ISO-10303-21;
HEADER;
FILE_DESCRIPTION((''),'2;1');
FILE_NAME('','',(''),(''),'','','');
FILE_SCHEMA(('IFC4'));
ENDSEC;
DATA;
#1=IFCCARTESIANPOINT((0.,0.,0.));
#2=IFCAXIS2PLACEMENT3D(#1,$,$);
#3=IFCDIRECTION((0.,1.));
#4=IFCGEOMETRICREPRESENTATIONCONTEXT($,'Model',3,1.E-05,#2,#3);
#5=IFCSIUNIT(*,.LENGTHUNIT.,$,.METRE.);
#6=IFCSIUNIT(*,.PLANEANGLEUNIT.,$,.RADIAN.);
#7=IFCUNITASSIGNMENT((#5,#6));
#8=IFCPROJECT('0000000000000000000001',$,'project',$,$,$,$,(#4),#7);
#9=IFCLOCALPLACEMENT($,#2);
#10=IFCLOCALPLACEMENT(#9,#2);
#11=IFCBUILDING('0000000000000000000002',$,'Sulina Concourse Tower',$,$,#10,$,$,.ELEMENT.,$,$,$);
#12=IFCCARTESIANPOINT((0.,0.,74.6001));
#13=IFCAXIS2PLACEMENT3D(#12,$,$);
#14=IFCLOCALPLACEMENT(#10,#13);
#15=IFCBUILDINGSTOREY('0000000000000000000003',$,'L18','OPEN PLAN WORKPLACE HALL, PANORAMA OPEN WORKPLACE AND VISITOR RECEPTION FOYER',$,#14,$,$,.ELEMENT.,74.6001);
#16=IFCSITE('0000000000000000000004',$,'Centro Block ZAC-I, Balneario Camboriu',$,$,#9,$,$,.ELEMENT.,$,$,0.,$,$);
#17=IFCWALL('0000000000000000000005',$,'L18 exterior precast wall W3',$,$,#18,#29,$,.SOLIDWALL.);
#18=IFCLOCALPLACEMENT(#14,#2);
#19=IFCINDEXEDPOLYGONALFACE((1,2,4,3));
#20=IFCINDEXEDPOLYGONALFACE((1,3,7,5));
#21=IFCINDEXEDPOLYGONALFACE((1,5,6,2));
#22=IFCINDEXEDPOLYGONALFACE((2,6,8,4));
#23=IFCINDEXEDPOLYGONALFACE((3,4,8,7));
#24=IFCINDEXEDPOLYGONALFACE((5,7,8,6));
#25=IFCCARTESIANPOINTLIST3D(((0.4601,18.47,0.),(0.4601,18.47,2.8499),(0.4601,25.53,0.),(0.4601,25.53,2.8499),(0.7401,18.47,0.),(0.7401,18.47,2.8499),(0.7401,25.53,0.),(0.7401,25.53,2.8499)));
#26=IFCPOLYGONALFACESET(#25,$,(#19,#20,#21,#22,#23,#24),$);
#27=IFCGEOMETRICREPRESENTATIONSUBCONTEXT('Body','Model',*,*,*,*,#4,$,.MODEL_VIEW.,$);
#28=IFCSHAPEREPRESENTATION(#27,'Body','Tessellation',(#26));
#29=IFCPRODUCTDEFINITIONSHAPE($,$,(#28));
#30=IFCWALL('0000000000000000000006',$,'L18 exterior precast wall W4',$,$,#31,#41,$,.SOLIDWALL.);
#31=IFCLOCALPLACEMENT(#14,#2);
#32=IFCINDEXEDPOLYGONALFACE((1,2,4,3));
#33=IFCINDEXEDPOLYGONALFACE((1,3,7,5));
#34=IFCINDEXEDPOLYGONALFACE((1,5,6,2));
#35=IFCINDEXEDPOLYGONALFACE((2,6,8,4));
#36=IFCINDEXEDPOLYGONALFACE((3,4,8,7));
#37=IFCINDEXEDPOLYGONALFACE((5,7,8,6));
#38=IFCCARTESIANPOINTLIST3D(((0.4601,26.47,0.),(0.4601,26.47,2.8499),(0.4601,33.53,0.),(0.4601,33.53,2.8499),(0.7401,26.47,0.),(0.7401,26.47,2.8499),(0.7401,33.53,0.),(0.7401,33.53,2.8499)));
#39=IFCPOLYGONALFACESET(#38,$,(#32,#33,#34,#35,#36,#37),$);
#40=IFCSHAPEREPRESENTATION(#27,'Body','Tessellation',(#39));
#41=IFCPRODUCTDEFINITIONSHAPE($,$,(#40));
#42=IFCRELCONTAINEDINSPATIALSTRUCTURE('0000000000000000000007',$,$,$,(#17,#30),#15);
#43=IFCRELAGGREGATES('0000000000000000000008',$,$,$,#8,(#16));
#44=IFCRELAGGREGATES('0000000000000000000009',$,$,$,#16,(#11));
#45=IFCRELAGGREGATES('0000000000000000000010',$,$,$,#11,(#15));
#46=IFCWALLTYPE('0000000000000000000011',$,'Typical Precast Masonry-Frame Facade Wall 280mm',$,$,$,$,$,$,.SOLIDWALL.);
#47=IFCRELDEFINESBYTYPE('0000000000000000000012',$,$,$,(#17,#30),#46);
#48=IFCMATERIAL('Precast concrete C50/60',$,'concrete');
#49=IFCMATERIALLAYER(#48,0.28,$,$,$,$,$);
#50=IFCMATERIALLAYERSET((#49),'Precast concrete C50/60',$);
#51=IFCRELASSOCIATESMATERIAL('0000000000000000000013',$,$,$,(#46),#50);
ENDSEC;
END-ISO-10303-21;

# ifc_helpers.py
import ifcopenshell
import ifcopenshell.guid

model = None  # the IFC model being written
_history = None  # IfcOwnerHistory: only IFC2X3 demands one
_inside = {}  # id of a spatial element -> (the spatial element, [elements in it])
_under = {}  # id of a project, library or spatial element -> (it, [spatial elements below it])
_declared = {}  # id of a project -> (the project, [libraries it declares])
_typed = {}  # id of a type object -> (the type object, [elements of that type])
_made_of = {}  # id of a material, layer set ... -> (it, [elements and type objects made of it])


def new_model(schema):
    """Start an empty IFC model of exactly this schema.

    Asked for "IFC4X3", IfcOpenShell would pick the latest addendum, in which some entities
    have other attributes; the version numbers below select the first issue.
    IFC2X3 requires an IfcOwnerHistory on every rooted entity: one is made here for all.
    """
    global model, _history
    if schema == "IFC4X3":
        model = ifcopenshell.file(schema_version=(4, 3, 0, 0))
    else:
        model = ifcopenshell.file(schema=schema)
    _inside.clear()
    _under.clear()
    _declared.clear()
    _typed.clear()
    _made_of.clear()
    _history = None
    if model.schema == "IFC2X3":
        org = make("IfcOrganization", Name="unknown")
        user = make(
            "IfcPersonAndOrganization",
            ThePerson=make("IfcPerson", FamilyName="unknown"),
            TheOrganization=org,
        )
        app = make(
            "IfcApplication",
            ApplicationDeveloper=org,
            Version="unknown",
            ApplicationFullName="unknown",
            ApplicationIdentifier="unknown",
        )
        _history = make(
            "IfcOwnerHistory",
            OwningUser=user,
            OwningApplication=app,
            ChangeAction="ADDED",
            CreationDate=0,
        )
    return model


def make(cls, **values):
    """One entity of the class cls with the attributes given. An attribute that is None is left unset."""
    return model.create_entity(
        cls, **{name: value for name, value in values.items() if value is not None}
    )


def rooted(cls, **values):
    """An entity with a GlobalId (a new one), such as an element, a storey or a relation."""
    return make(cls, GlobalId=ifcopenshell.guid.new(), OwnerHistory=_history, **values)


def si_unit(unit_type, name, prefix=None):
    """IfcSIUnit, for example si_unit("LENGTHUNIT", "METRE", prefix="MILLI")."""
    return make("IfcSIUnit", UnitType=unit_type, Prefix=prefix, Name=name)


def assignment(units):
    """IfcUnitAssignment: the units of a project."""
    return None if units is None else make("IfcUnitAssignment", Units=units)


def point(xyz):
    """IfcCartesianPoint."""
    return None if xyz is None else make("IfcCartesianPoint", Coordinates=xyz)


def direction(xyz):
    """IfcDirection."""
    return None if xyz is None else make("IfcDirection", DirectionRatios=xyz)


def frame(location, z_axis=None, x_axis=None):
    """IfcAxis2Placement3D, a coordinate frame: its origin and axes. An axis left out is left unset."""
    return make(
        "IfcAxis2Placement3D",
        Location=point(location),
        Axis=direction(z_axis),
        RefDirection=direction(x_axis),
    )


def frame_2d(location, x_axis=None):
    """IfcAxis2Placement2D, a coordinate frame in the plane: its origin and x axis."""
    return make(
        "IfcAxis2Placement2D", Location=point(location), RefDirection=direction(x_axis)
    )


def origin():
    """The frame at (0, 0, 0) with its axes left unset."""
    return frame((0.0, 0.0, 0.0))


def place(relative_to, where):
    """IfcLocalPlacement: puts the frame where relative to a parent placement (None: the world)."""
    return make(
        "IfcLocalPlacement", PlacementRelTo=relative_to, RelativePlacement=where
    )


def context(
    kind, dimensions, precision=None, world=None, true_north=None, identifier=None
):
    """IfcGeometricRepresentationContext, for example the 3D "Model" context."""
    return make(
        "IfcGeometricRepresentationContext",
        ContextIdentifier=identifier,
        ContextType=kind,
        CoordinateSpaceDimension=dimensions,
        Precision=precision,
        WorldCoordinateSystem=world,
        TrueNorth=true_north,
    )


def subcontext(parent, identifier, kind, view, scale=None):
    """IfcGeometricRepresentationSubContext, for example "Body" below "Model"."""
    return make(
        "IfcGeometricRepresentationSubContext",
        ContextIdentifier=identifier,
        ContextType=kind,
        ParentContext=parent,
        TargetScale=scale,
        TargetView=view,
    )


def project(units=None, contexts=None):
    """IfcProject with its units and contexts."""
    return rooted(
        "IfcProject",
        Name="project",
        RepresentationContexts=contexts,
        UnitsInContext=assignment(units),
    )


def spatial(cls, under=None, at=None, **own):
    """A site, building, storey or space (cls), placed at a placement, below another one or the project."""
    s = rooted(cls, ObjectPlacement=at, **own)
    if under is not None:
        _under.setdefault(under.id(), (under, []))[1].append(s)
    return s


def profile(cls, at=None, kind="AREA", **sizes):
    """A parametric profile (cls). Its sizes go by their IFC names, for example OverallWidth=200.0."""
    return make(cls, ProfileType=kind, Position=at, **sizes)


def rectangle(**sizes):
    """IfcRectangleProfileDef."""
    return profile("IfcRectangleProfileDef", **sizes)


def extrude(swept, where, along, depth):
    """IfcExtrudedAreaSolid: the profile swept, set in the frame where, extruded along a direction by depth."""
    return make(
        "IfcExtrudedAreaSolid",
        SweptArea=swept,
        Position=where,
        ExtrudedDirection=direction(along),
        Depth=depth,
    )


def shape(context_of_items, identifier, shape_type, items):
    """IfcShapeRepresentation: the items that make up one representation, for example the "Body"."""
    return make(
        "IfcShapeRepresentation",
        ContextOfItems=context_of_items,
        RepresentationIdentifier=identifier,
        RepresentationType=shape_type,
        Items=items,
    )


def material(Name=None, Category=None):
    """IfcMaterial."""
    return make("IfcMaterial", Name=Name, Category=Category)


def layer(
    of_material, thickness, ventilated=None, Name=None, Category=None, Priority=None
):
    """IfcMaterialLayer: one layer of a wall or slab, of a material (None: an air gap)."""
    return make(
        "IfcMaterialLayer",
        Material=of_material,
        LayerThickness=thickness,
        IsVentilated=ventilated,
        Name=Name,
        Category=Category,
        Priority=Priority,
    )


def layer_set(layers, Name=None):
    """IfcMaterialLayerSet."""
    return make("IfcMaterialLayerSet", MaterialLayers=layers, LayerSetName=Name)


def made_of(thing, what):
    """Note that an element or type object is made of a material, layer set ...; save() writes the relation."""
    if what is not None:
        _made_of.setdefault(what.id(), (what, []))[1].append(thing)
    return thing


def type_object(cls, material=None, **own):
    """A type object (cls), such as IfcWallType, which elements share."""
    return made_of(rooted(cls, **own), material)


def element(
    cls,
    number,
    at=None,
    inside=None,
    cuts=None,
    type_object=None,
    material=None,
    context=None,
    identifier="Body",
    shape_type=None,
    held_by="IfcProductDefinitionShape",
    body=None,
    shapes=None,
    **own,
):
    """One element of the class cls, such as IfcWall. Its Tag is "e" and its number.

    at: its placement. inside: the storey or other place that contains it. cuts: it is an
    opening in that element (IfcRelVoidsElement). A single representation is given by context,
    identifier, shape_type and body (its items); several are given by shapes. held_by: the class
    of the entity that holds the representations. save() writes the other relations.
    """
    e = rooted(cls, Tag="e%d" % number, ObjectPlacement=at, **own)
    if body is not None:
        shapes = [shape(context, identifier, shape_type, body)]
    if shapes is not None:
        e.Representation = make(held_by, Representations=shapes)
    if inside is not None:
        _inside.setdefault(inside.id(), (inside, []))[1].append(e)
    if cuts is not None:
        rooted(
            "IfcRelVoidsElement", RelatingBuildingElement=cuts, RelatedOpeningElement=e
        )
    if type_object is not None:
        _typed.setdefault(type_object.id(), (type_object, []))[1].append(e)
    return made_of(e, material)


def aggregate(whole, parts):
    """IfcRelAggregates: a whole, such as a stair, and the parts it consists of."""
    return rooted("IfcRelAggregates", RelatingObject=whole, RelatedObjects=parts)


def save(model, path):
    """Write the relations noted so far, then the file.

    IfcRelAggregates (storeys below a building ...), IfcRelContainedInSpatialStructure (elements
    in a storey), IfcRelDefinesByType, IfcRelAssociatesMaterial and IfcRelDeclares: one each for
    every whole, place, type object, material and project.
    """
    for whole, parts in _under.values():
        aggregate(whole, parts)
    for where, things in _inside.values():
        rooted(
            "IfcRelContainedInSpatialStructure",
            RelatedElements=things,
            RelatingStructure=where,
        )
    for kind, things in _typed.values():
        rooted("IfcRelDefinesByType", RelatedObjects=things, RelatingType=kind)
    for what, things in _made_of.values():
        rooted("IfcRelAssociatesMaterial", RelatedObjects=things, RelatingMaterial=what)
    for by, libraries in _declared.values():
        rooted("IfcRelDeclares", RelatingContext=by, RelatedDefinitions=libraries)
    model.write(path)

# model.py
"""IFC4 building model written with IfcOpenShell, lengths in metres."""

from ifc_helpers import new_model, si_unit, direction, frame, frame_2d, origin, place, context, subcontext, project, spatial, rectangle, extrude, material, layer, layer_set, type_object, element, save


model = new_model("IFC4")

# Units and contexts
model_context = context("Model", 3, precision=1e-05, world=origin(), true_north=direction((0.0, 1.0)))
body_context = subcontext(model_context, "Body", "Model", "MODEL_VIEW")
ifc_project = project(units=[si_unit("LENGTHUNIT", "METRE"), si_unit("PLANEANGLEUNIT", "RADIAN")], contexts=[model_context])

# Site, building, storey
site_placement = place(None, origin())
site = spatial("IfcSite", under=ifc_project, at=site_placement, Name="Centro Block ZAC-I, Balneario Camboriu", CompositionType="ELEMENT", RefElevation=0.0)
building_placement = place(site_placement, origin())
building = spatial("IfcBuilding", under=site, at=building_placement, Name="Sulina Concourse Tower", CompositionType="ELEMENT")
storey_placement = place(building_placement, frame((0.0, 0.0, 74.6001)))
storey = spatial("IfcBuildingStorey", under=building, at=storey_placement, Name="L18", Description="OPEN PLAN WORKPLACE HALL, PANORAMA OPEN WORKPLACE AND VISITOR RECEPTION FOYER", CompositionType="ELEMENT", Elevation=74.6001)

# Walls
ifc_material_1 = material(Name="Precast concrete C50/60", Category="concrete")
ifc_layer_1 = layer(ifc_material_1, 0.28)
ifc_layer_set_1 = layer_set([ifc_layer_1], Name="Precast concrete C50/60")
wall_type_1 = type_object("IfcWallType", Name="Typical Precast Masonry-Frame Facade Wall 280mm", PredefinedType="SOLIDWALL", material=ifc_layer_set_1)
for number, where, z_axis, x_axis, name in (
    (1, (0.6001, 18.47, 0.0), (0.0, 0.0, 1.0), (0.0, 1.0, 0.0), "L18 exterior precast wall W3"),
    (2, (0.6001, 26.47, 0.0), (0.0, 0.0, 1.0), (0.0, 1.0, 0.0), "L18 exterior precast wall W4"),
):
    element("IfcWall", number, at=place(storey_placement, frame(where, z_axis=z_axis, x_axis=x_axis)), inside=storey, type_object=wall_type_1, Name=name, PredefinedType="SOLIDWALL", context=body_context, shape_type="SweptSolid", body=[
        extrude(rectangle(XDim=7.0601, YDim=0.28, at=frame_2d((3.53, 0.0))), origin(), (0.0, 0.0, 1.0), 2.8499),
    ])

save(model, "model.ifc")
